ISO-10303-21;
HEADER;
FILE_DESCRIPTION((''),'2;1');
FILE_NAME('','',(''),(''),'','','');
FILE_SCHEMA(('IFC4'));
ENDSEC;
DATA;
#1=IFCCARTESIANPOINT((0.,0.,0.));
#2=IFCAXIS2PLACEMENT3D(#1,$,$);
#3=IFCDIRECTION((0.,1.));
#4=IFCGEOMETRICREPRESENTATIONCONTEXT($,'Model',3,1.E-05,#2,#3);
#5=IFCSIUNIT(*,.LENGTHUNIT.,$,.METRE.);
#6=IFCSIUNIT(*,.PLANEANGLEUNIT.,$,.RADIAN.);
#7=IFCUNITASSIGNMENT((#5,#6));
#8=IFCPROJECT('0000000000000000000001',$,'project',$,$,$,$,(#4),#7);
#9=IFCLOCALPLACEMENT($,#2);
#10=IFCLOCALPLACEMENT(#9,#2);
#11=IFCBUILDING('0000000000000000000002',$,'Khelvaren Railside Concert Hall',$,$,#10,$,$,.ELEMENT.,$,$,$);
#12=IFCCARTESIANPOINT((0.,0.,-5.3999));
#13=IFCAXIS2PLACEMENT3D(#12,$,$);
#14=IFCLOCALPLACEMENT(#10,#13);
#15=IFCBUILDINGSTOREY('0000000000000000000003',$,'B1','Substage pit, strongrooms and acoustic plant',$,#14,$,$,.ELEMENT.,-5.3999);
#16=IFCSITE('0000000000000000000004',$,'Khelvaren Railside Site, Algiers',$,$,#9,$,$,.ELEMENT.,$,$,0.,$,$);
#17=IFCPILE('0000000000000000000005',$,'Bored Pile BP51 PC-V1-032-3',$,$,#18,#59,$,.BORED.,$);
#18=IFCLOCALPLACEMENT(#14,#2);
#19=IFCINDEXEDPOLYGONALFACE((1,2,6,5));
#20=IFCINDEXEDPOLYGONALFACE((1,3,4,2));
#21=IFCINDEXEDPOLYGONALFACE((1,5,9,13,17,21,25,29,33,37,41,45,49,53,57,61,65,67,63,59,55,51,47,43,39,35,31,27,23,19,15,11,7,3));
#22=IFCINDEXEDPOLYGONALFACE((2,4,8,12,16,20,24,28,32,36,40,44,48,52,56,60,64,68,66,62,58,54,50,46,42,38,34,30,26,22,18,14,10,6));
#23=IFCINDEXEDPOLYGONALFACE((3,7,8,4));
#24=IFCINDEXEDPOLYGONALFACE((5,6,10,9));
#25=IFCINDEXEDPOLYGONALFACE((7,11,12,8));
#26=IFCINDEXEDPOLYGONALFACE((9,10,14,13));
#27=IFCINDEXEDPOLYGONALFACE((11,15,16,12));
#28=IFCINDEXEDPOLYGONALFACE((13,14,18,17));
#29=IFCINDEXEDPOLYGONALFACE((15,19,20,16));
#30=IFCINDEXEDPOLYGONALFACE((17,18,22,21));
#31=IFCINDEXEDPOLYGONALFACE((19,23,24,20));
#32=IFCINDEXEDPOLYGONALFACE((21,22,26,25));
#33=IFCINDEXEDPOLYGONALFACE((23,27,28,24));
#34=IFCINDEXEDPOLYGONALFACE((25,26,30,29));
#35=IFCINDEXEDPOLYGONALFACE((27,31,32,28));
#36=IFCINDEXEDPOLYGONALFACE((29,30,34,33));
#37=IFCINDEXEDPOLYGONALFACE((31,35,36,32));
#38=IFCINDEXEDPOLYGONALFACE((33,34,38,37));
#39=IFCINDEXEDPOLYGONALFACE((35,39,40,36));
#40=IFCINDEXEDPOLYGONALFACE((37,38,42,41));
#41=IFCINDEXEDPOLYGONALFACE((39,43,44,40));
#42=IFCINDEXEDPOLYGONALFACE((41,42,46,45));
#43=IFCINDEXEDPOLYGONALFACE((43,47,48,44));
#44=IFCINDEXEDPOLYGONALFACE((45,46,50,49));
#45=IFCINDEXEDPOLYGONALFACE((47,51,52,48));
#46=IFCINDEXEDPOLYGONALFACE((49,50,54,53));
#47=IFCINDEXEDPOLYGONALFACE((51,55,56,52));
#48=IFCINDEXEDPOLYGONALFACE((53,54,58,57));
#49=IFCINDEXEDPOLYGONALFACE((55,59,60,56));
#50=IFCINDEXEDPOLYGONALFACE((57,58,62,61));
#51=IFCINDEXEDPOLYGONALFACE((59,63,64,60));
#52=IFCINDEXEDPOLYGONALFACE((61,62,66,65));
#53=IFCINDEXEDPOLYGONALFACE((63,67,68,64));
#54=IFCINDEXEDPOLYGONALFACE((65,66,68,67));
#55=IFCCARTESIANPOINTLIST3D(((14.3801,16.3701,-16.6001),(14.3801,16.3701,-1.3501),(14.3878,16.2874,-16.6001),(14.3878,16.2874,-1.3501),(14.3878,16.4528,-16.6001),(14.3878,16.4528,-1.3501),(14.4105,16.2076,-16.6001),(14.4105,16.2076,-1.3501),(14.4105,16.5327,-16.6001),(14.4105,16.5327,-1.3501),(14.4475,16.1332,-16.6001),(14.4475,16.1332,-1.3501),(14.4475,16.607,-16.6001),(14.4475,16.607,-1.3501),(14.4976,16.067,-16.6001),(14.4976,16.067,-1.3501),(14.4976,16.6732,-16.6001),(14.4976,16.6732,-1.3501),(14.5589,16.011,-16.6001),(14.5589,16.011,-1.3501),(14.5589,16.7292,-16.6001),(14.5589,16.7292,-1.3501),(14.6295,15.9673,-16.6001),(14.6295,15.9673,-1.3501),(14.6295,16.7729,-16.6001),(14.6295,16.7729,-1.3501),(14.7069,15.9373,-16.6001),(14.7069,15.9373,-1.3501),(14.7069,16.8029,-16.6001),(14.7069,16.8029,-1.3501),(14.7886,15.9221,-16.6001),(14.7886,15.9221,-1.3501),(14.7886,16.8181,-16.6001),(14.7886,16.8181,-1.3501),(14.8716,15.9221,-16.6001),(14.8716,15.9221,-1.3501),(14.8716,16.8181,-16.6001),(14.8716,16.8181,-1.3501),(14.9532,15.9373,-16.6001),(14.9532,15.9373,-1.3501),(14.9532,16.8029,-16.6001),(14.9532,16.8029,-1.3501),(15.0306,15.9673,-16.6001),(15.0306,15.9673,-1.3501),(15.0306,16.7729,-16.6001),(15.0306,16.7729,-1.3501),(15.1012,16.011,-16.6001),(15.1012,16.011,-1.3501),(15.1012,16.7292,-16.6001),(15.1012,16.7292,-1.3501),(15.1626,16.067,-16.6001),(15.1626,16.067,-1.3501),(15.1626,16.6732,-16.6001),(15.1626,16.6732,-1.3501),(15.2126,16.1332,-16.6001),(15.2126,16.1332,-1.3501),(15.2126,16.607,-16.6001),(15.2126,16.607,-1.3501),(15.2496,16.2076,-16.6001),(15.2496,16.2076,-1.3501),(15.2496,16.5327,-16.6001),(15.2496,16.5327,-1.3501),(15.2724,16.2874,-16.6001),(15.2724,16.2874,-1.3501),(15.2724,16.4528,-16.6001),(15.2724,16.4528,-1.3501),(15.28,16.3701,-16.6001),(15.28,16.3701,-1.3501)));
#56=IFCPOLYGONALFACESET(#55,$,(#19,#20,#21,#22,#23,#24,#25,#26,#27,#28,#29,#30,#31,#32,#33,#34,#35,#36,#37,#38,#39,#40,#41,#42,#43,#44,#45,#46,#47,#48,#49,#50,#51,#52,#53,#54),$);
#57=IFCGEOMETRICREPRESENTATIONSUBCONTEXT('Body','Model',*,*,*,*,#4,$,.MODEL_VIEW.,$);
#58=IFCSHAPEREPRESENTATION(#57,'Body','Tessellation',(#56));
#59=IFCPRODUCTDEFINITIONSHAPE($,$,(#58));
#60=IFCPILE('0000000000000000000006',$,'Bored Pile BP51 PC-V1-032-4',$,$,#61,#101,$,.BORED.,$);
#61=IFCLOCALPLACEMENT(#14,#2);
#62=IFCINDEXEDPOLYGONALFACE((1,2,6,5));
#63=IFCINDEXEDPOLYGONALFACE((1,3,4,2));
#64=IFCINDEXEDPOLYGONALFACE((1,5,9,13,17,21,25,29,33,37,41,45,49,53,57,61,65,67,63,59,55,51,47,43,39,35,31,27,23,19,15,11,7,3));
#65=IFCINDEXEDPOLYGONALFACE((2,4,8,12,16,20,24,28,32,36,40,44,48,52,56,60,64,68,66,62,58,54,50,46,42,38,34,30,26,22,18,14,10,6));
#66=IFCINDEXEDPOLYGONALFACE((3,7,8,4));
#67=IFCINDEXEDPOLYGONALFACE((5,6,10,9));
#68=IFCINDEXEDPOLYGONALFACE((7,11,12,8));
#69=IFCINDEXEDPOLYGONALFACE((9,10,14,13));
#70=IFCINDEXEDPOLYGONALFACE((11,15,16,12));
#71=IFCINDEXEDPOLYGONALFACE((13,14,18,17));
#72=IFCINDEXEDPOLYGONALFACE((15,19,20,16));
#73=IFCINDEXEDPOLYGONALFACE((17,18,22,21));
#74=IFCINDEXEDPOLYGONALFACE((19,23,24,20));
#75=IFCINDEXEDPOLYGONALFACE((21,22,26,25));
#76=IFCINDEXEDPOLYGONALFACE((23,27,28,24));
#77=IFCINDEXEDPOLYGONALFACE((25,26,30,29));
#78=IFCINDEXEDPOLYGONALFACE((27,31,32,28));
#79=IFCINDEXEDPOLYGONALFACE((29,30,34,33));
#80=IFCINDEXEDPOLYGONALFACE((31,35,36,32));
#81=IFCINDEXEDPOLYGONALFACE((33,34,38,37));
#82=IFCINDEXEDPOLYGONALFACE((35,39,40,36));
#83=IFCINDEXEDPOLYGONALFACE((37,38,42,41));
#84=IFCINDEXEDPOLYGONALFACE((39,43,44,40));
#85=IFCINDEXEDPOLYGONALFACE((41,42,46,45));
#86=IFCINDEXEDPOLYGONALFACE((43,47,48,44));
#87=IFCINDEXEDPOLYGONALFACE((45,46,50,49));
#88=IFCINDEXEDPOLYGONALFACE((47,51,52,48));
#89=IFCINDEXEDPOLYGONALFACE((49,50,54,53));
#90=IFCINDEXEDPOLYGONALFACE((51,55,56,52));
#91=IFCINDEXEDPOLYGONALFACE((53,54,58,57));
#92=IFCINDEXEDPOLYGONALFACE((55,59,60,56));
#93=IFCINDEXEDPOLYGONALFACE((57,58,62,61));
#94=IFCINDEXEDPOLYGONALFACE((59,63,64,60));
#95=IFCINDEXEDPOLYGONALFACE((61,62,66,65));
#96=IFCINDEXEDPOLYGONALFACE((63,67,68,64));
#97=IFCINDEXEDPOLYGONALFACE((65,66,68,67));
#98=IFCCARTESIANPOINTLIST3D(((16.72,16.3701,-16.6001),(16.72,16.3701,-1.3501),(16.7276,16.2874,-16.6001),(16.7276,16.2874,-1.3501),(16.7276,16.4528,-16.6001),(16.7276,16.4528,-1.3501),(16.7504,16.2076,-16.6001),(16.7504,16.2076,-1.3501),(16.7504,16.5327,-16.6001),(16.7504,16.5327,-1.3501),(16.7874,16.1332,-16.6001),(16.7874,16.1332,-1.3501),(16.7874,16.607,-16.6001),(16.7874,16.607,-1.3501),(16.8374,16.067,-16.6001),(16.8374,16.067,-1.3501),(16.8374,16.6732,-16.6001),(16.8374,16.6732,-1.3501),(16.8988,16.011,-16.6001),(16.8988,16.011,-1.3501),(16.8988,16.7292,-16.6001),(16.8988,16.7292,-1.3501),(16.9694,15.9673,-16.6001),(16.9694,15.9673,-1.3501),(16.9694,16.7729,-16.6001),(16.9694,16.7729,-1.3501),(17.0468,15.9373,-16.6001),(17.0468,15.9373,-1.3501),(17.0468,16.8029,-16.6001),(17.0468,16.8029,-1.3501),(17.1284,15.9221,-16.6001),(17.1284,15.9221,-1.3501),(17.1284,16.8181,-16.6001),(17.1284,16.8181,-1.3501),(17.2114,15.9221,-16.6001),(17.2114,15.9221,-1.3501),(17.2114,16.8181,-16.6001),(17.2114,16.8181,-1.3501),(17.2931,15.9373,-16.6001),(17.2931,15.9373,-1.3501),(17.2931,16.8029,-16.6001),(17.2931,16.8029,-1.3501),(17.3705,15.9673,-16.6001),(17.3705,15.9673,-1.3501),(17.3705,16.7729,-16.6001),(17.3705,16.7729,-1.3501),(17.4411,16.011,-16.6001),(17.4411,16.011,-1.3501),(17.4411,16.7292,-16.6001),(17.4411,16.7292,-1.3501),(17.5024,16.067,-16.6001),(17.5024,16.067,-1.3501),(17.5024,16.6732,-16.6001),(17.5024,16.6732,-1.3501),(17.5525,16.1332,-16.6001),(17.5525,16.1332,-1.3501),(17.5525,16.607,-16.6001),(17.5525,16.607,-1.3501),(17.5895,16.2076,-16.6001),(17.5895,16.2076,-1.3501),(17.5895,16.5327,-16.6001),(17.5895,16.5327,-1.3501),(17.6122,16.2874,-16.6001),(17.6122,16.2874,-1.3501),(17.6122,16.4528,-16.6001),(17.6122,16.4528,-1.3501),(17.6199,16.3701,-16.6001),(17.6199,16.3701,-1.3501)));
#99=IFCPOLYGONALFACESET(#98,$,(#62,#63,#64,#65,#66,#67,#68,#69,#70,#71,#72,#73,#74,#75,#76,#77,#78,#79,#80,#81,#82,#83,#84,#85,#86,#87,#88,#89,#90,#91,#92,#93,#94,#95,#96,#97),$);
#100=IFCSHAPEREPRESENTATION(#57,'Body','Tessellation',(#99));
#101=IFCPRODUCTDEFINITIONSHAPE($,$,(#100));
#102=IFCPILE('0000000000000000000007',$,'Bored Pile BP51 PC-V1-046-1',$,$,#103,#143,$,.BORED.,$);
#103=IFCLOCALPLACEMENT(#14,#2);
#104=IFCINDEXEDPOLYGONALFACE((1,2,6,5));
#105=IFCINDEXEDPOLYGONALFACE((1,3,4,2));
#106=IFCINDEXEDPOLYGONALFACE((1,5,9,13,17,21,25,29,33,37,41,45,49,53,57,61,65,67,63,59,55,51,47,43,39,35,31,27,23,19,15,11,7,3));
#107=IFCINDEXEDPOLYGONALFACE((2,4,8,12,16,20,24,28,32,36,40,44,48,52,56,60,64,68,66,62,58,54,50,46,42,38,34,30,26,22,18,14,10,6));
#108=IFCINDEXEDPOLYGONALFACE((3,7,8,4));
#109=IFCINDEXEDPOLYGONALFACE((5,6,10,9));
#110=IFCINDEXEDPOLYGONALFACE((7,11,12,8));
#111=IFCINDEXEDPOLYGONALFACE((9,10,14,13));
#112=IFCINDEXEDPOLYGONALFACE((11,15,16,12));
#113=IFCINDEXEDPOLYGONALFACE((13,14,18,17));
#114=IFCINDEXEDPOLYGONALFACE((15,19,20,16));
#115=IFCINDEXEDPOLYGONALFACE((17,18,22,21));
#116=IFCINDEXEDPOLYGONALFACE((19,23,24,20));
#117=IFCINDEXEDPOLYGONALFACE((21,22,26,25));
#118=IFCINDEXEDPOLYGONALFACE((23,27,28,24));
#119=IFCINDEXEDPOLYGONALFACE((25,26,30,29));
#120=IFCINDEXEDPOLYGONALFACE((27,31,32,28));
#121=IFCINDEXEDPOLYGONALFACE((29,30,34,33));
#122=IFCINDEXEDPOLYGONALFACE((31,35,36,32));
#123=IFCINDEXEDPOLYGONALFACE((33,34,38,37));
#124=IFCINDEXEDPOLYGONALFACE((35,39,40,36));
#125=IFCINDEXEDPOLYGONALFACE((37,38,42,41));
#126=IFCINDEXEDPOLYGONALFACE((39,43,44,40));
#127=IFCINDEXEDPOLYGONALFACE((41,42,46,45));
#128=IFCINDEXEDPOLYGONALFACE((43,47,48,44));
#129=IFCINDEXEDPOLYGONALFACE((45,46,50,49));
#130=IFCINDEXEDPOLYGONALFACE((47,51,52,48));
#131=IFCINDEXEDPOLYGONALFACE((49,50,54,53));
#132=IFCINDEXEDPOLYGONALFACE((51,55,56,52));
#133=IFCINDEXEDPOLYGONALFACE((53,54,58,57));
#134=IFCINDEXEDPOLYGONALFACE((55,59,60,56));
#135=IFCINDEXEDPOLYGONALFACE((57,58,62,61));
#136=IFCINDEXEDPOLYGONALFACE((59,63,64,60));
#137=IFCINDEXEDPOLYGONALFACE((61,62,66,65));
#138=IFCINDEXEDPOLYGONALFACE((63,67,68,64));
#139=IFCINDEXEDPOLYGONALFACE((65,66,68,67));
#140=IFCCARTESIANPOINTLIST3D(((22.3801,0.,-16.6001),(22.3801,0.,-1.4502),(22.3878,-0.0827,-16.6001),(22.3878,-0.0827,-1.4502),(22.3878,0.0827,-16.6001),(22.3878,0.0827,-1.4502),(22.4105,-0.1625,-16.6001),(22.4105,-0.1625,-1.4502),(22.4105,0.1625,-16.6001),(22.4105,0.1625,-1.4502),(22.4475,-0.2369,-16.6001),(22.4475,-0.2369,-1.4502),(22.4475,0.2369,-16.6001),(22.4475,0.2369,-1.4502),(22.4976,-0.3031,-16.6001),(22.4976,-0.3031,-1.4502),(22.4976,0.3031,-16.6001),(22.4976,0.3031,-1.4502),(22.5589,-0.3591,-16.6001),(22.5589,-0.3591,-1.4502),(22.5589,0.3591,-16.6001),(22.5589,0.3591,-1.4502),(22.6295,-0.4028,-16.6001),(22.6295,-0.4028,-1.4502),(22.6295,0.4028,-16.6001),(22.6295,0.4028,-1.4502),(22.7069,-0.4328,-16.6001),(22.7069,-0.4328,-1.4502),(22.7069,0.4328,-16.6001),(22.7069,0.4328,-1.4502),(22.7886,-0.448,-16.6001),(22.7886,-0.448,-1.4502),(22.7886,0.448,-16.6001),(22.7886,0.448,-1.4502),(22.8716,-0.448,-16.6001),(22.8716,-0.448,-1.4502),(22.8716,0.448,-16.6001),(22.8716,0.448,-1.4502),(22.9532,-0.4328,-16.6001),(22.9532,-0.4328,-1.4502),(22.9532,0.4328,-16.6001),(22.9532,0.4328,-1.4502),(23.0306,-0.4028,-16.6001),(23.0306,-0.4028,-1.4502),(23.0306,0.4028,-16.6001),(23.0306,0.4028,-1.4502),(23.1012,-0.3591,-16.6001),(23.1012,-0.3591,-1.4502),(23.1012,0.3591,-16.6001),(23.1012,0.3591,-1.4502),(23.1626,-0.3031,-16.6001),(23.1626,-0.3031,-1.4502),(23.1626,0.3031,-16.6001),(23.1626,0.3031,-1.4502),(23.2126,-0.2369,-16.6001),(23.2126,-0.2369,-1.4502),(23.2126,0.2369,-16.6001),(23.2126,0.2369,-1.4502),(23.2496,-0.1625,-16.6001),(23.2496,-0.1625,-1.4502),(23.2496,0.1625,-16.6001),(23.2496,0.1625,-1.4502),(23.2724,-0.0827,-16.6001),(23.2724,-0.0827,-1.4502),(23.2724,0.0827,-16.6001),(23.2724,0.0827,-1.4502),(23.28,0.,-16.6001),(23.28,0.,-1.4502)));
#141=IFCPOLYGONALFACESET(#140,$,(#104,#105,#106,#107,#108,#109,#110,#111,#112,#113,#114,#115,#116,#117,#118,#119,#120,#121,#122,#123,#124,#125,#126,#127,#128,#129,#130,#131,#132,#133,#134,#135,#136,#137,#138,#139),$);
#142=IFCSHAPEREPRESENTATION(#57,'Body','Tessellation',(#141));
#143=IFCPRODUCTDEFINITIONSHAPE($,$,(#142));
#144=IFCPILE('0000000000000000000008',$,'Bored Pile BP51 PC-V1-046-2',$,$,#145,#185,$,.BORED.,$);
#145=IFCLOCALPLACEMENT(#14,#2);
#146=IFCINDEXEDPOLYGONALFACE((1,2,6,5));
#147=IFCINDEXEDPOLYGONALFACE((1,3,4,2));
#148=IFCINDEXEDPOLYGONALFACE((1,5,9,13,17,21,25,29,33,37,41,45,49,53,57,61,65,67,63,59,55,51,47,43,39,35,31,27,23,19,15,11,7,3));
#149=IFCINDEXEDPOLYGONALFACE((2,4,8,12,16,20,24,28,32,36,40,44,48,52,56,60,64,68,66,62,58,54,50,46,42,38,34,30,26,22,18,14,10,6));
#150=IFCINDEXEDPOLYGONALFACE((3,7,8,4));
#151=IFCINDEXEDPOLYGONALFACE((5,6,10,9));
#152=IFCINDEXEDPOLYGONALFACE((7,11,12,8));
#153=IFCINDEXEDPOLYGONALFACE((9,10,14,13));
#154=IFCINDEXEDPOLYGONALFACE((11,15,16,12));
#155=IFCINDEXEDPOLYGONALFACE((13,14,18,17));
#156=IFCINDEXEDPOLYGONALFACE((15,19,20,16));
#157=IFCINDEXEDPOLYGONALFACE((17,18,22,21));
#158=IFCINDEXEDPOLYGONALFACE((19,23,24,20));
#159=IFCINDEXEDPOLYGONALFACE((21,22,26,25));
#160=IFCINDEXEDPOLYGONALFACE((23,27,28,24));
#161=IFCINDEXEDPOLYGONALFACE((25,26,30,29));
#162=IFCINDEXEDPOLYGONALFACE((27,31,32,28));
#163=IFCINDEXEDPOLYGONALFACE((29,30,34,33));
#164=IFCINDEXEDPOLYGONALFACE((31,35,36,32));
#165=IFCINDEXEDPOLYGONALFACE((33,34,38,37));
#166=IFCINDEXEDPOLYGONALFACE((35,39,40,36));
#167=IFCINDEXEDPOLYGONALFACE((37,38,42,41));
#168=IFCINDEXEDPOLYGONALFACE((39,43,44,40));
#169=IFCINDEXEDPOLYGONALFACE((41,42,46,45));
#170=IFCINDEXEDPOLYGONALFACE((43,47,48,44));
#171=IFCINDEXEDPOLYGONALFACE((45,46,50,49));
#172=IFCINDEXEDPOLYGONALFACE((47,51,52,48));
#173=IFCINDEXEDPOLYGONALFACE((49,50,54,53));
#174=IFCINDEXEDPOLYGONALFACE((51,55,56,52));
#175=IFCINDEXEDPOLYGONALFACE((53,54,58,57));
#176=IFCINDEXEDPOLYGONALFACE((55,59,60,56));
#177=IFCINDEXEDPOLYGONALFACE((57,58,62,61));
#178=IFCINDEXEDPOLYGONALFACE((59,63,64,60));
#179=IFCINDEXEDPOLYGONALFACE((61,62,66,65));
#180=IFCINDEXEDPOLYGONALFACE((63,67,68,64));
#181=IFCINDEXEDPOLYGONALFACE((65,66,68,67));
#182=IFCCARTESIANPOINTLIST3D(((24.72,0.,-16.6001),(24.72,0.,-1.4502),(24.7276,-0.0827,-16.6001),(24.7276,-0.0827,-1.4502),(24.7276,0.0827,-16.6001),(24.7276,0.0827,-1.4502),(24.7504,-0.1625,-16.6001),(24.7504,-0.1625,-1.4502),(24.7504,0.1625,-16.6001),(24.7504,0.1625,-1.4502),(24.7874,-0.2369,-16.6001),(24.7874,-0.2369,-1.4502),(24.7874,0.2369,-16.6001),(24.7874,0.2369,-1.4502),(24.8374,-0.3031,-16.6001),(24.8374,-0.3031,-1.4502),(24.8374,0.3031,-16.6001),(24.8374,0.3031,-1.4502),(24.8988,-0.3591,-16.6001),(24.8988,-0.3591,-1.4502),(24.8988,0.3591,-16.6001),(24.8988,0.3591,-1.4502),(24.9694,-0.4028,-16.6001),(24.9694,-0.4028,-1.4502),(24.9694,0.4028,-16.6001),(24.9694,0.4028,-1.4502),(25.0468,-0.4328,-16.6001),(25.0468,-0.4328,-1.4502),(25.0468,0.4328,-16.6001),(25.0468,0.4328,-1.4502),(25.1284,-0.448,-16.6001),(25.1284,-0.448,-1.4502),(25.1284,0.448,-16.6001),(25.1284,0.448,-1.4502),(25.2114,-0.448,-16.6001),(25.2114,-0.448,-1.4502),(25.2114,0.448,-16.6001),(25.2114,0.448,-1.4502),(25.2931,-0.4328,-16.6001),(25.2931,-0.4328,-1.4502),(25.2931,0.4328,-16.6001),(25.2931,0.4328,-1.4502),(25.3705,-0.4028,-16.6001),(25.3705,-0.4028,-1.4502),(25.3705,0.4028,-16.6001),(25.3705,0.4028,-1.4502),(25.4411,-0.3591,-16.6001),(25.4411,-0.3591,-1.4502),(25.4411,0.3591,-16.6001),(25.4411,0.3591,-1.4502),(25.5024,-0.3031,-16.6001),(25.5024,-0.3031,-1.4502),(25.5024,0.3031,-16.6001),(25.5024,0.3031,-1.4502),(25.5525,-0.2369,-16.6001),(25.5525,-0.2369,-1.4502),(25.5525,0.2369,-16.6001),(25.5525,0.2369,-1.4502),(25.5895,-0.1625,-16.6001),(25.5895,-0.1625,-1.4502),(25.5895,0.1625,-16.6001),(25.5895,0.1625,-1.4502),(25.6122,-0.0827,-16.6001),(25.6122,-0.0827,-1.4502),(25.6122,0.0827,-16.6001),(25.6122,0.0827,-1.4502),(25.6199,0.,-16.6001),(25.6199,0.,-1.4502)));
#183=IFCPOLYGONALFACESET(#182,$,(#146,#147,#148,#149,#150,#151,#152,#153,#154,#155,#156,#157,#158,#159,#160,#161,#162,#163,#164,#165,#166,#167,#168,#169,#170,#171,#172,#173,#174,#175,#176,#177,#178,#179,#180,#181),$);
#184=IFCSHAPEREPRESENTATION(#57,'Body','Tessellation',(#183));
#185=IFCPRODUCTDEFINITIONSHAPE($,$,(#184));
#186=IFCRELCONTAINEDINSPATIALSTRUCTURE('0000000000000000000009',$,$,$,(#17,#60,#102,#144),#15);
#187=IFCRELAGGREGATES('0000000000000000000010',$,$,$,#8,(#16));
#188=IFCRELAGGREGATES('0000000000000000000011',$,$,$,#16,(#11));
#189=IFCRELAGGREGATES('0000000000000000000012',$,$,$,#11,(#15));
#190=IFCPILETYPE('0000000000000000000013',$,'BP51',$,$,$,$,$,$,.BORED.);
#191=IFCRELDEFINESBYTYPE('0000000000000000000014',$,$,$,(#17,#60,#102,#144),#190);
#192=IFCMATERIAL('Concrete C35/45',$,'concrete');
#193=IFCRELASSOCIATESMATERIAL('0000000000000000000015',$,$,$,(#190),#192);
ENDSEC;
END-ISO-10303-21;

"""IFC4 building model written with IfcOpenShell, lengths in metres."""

from ifc_helpers import new_model, si_unit, direction, frame, origin, origin_2d, place, context, subcontext, project, spatial, circle, extrude, material, material_profile, profile_set, type_object, element, save


model = new_model("IFC4")

# Units and contexts
model_context = context("Model", 3, precision=1e-05, world=origin(), true_north=direction((0.0, 1.0)))
body_context = subcontext(model_context, "Body", "Model", "MODEL_VIEW")
ifc_project = project(units=[si_unit("LENGTHUNIT", "METRE"), si_unit("PLANEANGLEUNIT", "RADIAN")], contexts=[model_context])

# Site, building, storey
site_placement = place(None, origin())
site = spatial("IfcSite", under=ifc_project, at=site_placement, Name="Khelvaren Railside Site, Algiers", CompositionType="ELEMENT", RefElevation=0.0)
building_placement = place(site_placement, origin())
building = spatial("IfcBuilding", under=site, at=building_placement, Name="Khelvaren Railside Concert Hall", CompositionType="ELEMENT")
storey_placement = place(building_placement, frame((0.0, 0.0, -5.3999)))
storey = spatial("IfcBuildingStorey", under=building, at=storey_placement, Name="B1", Description="Substage pit, strongrooms and acoustic plant", CompositionType="ELEMENT", Elevation=-5.3999)

# Piles
ifc_material_1 = material(Name="Concrete C35/45", Category="concrete")
ifc_material_profile_1 = material_profile(ifc_material_1, circle(Radius=0.45, at=origin_2d()), Name="BP D900")
ifc_profile_set_1 = profile_set([ifc_material_profile_1], Name="Concrete C35/45")
pile_type_1 = type_object("IfcPileType", Name="BP51", PredefinedType="BORED", material=ifc_profile_set_1)
for number, where, z_axis, x_axis, name in (
    (1, (14.8301, 16.3701, -1.3501), (0.0, 0.0, -1.0), (1.0, 0.0, 0.0), "Bored Pile BP51 PC-V1-032-3"),
    (2, (17.1699, 16.3701, -1.3501), (0.0, 0.0, -1.0), (1.0, 0.0, 0.0), "Bored Pile BP51 PC-V1-032-4"),
):
    element("IfcPile", number, at=place(storey_placement, frame(where, z_axis=z_axis, x_axis=x_axis)), inside=storey, type_object=pile_type_1, Name=name, PredefinedType="BORED", context=body_context, shape_type="SweptSolid", body=[
        extrude(circle(Radius=0.45, at=origin_2d()), origin(), (0.0, 0.0, 1.0), 15.25),
    ])
for number, where, z_axis, x_axis, name in (
    (3, (22.8301, 0.0, -1.4502), (0.0, 0.0, -1.0), (1.0, 0.0, 0.0), "Bored Pile BP51 PC-V1-046-1"),
    (4, (25.1699, 0.0, -1.4502), (0.0, 0.0, -1.0), (1.0, 0.0, 0.0), "Bored Pile BP51 PC-V1-046-2"),
):
    element("IfcPile", number, at=place(storey_placement, frame(where, z_axis=z_axis, x_axis=x_axis)), inside=storey, type_object=pile_type_1, Name=name, PredefinedType="BORED", context=body_context, shape_type="SweptSolid", body=[
        extrude(circle(Radius=0.45, at=origin_2d()), origin(), (0.0, 0.0, 1.0), 15.1499),
    ])

save(model, "model.ifc")
